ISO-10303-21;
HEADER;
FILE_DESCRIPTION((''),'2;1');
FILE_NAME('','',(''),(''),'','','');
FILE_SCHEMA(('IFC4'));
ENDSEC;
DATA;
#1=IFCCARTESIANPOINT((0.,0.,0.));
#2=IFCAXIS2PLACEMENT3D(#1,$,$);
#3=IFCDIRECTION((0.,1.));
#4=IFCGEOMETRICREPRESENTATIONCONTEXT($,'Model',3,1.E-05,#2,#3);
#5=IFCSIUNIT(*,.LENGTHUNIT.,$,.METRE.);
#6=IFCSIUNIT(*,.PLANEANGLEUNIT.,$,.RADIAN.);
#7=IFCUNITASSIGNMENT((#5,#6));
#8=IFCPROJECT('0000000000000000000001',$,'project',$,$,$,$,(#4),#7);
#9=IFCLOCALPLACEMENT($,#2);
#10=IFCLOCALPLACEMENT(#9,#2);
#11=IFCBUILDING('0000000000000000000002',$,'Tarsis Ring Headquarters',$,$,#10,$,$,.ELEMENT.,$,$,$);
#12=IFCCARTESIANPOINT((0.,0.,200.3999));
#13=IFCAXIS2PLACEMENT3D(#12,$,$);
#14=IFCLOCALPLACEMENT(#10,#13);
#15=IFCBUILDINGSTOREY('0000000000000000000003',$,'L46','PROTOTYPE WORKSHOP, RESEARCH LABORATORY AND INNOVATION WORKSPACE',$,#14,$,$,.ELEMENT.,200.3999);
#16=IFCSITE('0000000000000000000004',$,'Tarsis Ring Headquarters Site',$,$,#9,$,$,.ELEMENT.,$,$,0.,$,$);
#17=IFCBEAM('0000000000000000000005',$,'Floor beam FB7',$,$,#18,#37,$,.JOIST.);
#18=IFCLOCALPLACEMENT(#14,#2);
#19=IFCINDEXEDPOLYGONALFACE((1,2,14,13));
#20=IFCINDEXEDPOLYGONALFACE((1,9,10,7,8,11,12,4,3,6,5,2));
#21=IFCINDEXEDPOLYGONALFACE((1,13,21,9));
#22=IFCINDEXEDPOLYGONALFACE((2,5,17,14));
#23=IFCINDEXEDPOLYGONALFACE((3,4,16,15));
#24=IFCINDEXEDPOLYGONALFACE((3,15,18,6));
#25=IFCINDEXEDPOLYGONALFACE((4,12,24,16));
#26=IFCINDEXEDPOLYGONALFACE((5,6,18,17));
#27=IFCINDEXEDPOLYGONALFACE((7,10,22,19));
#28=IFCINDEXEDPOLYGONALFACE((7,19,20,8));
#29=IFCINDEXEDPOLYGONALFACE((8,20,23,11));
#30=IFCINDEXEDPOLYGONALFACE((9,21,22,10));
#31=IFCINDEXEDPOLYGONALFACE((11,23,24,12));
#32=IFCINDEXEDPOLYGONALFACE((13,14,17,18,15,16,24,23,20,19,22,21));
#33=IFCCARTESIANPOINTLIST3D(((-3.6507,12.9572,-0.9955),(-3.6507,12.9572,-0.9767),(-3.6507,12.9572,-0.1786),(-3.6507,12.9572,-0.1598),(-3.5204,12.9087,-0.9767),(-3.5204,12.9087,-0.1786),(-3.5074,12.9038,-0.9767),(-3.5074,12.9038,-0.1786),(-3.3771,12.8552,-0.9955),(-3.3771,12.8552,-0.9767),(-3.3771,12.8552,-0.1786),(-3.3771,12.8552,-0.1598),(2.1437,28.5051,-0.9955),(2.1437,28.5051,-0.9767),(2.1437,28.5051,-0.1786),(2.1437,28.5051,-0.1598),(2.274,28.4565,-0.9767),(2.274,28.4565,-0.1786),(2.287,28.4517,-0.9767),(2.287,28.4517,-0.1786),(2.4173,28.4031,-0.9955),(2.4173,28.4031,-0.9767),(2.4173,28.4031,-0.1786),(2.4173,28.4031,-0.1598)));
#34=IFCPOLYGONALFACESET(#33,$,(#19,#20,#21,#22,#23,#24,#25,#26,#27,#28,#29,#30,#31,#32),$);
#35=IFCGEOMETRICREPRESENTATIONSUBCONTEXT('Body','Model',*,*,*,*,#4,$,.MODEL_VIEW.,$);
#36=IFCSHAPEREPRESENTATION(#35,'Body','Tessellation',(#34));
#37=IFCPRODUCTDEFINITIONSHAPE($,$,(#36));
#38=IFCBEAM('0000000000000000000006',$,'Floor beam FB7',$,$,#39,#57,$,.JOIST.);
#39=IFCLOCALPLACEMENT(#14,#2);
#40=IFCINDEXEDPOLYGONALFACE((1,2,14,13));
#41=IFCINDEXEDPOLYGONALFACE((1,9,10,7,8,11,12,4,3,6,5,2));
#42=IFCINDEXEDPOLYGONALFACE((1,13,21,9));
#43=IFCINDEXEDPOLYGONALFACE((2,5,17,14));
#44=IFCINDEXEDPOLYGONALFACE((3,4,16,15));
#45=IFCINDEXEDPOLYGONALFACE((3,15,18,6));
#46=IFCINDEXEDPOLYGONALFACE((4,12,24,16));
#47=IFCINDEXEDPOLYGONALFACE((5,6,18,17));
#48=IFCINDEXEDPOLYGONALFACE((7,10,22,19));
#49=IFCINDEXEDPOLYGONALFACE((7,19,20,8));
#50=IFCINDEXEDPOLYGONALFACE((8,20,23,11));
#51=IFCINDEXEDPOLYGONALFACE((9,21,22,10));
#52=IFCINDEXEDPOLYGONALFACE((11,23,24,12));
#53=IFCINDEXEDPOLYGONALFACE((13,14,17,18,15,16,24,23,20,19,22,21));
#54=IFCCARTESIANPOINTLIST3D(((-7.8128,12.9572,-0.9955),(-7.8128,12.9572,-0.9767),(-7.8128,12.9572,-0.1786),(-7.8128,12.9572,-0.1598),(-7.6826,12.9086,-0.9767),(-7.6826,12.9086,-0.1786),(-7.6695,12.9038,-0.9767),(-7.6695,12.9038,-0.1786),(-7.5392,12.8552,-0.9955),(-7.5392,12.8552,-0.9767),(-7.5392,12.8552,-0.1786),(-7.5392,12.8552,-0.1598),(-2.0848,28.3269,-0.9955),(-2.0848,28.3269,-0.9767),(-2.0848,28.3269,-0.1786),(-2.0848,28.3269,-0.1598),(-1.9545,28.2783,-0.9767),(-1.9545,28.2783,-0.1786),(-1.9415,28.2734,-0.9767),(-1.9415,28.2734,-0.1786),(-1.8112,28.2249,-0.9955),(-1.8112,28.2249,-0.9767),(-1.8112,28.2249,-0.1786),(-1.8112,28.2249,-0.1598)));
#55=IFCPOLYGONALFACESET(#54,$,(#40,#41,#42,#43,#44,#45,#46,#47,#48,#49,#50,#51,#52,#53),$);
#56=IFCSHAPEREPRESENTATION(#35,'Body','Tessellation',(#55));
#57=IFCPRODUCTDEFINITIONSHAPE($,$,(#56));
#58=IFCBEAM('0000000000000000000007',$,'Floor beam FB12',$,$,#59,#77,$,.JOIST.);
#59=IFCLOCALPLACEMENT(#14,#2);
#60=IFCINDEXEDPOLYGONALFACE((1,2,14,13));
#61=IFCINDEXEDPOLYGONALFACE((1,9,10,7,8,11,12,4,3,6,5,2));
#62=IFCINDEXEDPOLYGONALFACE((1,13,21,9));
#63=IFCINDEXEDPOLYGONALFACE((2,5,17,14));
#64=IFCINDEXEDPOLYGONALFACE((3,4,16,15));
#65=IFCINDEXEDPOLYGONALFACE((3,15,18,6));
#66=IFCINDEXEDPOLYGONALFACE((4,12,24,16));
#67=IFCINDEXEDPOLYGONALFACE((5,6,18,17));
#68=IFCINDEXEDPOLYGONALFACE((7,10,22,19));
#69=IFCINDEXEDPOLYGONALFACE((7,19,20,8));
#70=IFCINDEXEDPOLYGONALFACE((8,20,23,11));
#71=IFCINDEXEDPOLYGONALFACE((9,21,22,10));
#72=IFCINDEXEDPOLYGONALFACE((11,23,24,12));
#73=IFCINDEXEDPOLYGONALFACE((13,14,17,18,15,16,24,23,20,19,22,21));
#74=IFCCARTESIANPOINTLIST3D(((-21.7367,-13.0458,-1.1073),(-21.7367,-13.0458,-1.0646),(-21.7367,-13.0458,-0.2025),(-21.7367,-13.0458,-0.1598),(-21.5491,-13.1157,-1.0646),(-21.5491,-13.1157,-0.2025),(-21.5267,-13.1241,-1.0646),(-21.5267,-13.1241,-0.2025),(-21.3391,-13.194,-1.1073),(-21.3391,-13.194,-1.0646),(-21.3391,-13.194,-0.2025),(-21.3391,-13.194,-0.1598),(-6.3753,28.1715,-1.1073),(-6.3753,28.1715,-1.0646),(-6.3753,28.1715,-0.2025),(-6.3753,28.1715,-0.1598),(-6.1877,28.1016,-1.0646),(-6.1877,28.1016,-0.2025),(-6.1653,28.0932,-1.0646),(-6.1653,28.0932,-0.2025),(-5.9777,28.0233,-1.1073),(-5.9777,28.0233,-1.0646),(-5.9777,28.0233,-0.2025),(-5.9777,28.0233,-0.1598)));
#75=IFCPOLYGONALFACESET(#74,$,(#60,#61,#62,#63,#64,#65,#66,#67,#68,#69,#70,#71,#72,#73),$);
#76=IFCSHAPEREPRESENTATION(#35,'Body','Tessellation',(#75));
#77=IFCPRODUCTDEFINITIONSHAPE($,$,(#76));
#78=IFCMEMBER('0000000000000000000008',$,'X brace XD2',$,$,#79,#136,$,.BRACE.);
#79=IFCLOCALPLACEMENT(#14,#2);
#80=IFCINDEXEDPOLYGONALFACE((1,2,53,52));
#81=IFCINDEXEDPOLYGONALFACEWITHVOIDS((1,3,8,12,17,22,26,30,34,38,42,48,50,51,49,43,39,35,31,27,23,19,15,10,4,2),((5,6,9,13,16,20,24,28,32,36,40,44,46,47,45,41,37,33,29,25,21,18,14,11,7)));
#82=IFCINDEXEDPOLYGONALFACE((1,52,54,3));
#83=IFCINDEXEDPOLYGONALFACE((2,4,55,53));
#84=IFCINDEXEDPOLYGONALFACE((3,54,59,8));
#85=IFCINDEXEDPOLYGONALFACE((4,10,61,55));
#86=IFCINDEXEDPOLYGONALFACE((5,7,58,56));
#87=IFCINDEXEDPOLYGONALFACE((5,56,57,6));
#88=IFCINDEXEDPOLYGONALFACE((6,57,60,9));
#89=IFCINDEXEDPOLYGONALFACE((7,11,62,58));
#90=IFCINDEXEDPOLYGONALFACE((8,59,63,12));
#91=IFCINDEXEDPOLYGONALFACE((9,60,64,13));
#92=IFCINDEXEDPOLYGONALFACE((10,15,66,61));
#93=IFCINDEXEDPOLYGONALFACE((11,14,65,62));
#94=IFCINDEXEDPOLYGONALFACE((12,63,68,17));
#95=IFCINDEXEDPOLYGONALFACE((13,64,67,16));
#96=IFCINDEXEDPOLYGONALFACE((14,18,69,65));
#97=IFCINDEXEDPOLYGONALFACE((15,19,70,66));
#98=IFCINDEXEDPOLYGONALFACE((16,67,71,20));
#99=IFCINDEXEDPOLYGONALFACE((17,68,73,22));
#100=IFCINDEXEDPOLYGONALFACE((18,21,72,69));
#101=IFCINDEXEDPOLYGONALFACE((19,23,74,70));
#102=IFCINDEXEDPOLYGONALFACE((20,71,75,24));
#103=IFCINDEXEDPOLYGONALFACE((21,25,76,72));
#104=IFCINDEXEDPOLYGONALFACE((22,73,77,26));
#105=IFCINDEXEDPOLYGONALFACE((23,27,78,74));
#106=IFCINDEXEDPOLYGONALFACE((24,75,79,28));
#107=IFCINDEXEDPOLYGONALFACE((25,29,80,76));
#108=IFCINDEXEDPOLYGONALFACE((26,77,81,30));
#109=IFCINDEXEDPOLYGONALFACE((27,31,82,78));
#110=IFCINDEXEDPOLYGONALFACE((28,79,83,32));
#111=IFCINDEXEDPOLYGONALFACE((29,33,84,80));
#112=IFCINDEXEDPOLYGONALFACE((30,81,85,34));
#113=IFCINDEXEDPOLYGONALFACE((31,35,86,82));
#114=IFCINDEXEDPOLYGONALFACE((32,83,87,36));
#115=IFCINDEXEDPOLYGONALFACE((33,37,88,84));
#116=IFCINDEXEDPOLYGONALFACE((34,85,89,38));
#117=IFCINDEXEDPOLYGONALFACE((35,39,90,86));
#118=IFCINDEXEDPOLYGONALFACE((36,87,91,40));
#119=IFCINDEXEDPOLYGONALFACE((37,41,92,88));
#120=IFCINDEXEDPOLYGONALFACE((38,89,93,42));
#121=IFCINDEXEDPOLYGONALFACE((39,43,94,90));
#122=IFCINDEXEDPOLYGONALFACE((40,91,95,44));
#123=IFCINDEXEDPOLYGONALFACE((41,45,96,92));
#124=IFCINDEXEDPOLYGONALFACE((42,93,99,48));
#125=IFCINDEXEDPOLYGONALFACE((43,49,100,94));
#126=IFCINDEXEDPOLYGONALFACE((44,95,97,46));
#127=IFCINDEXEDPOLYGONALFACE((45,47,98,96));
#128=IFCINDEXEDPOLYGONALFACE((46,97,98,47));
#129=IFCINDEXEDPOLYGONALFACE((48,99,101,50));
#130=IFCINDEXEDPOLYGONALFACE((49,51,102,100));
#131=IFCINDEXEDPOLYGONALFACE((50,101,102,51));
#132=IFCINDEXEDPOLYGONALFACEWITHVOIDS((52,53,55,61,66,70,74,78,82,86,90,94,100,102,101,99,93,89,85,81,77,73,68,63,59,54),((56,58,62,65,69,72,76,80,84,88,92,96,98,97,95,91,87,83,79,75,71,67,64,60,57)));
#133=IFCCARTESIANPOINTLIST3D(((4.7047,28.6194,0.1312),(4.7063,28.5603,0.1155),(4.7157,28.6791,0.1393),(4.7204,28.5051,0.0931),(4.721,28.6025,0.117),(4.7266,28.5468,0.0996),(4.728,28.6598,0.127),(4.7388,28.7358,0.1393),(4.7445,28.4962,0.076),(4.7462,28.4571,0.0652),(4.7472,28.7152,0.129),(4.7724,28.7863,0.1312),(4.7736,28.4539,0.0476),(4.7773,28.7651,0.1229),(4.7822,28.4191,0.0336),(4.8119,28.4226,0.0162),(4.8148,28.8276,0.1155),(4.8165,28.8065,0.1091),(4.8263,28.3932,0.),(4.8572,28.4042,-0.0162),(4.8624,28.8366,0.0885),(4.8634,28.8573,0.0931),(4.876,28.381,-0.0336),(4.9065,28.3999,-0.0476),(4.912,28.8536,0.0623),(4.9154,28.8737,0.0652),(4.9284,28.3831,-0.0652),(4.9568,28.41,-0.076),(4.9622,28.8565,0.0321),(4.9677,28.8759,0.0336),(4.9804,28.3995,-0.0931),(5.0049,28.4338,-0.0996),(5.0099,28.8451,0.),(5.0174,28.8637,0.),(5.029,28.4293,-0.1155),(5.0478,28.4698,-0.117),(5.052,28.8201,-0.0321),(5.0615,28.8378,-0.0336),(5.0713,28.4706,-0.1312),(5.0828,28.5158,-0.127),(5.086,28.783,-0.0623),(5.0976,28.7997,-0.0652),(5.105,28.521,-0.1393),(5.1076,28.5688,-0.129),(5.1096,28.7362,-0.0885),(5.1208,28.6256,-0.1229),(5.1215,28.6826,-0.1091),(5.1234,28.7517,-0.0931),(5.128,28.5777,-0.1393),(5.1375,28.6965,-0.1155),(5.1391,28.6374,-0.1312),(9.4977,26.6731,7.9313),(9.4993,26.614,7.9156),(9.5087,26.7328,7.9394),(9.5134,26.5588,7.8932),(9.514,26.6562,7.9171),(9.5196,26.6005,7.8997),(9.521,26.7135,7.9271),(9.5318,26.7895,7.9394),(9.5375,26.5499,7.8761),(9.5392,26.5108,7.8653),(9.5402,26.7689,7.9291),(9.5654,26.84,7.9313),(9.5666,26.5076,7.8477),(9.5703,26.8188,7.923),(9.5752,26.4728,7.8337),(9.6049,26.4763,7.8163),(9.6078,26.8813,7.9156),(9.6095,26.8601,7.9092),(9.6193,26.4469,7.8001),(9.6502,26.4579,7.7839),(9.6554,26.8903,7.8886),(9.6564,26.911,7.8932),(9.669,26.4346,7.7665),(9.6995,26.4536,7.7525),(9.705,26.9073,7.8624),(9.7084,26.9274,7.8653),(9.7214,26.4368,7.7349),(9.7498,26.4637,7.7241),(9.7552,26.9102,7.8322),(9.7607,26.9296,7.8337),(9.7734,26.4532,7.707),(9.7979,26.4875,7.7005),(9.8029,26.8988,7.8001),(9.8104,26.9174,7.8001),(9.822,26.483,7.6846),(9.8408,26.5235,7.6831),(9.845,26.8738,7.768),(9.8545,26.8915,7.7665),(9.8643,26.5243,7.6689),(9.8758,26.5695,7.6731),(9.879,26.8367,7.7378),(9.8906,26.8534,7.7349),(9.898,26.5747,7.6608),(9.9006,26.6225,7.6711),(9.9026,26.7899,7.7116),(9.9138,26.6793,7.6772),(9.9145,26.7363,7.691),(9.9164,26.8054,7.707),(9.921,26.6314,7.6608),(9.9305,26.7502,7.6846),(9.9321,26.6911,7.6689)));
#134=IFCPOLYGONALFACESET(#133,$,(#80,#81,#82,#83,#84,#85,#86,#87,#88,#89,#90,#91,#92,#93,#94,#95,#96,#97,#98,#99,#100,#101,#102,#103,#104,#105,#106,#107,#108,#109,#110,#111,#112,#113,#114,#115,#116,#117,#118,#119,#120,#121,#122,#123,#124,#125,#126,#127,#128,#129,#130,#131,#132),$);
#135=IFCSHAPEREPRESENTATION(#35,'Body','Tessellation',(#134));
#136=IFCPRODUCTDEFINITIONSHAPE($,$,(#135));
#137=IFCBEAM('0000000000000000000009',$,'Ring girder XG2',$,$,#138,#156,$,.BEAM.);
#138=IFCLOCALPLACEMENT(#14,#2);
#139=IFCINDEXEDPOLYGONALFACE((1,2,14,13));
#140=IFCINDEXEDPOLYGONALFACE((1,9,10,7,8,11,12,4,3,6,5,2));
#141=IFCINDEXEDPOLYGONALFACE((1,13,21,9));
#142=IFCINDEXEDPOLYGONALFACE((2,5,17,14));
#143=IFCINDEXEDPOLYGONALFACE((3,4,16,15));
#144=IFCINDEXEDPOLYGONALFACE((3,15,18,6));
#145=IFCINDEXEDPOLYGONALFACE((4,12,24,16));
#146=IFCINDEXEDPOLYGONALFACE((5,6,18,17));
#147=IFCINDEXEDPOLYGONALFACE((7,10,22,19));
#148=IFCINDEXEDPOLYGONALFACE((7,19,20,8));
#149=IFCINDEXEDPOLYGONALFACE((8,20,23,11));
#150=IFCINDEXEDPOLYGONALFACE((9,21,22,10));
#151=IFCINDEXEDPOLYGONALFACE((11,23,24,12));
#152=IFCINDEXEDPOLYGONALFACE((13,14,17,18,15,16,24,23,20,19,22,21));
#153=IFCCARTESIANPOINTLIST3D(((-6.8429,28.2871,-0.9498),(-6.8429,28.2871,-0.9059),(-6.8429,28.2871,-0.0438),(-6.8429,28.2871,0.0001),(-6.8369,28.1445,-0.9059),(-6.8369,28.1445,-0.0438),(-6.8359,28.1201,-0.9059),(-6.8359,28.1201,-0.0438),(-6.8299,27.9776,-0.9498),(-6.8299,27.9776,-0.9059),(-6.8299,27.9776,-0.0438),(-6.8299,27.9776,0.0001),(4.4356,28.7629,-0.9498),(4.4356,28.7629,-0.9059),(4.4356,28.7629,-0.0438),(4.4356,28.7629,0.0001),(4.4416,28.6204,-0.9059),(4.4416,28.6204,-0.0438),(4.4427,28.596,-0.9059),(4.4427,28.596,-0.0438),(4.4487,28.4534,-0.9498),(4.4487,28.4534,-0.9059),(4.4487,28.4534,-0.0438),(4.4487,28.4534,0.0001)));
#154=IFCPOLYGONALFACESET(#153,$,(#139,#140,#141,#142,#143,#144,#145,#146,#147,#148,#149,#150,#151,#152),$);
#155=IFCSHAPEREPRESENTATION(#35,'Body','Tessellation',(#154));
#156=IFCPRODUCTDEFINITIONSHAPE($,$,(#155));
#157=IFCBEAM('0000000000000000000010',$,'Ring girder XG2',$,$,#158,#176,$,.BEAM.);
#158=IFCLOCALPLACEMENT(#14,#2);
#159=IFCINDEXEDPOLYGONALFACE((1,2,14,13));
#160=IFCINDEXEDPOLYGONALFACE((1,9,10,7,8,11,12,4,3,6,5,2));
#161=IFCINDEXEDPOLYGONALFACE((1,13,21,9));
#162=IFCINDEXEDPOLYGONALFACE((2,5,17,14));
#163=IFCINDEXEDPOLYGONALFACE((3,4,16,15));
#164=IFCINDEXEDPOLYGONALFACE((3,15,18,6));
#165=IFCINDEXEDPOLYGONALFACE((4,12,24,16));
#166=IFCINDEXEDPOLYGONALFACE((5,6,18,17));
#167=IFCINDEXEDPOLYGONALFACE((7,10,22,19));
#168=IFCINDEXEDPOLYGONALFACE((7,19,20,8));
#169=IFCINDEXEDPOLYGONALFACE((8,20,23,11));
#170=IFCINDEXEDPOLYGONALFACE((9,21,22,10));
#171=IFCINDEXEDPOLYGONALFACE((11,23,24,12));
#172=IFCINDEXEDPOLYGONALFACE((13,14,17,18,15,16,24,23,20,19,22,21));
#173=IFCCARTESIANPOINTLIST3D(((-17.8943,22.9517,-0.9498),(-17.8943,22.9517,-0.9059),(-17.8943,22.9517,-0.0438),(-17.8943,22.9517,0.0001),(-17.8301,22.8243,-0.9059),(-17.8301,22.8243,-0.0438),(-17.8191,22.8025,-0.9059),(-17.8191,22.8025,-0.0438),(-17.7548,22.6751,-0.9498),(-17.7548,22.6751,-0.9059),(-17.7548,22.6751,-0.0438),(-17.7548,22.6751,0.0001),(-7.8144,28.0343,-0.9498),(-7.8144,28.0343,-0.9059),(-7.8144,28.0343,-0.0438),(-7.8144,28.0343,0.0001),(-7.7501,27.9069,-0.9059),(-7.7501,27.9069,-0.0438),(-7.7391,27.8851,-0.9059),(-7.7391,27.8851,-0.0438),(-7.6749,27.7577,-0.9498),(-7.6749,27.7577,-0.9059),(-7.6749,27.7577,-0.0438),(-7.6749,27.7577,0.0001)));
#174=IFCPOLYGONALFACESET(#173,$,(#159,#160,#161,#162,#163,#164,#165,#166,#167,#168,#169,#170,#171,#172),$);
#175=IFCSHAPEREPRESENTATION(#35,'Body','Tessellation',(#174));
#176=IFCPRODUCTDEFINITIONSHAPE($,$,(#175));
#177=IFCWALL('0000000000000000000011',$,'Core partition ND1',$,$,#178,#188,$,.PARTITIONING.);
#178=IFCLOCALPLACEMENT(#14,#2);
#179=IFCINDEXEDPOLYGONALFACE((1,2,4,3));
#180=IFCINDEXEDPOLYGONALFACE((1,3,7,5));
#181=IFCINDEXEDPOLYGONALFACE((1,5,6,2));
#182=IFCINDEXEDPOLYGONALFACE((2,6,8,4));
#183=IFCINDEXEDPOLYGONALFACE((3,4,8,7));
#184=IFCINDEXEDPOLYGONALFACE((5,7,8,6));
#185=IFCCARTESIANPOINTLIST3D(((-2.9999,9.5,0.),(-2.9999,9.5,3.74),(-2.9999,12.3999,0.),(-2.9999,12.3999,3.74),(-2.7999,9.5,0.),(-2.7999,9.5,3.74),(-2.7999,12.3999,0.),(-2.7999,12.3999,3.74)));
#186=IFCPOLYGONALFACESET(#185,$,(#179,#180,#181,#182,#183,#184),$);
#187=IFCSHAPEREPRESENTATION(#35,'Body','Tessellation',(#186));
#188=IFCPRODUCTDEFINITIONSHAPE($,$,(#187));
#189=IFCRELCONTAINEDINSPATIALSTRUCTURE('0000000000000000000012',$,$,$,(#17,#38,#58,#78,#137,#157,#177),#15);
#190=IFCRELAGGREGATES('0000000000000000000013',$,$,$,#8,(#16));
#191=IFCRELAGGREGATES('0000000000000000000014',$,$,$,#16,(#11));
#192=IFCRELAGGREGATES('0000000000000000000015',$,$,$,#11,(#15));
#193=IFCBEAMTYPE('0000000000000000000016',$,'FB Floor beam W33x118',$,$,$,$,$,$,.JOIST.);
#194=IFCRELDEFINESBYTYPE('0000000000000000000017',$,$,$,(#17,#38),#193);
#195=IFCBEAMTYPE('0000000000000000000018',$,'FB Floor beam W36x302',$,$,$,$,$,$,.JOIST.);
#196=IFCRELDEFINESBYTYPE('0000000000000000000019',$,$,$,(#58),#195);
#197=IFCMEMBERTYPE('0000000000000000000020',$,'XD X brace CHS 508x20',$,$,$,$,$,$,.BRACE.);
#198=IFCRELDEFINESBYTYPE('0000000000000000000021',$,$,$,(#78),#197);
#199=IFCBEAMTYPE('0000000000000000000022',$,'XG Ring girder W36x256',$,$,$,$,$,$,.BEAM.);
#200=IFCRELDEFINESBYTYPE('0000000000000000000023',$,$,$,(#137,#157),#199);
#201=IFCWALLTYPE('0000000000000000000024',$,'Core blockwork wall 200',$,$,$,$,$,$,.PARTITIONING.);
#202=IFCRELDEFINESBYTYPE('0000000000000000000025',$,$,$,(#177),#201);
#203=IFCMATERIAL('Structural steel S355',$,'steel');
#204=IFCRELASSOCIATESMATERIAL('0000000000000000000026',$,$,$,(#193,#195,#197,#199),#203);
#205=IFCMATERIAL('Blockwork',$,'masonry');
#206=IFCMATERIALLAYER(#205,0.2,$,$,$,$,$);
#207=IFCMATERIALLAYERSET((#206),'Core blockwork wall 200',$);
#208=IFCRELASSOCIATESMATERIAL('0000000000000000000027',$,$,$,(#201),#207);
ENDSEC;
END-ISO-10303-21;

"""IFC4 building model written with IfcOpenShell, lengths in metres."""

from ifc_helpers import new_model, si_unit, direction, frame, frame_2d, origin, origin_2d, place, context, subcontext, project, spatial, rectangle, hollow_circle, i_section, extrude, material, layer, layer_set, material_profile, profile_set, type_object, element, save


model = new_model("IFC4")

# Units and contexts
model_context = context("Model", 3, precision=1e-05, world=origin(), true_north=direction((0.0, 1.0)))
body_context = subcontext(model_context, "Body", "Model", "MODEL_VIEW")
ifc_project = project(units=[si_unit("LENGTHUNIT", "METRE"), si_unit("PLANEANGLEUNIT", "RADIAN")], contexts=[model_context])

# Site, building, storey
site_placement = place(None, origin())
site = spatial("IfcSite", under=ifc_project, at=site_placement, Name="Tarsis Ring Headquarters Site", CompositionType="ELEMENT", RefElevation=0.0)
building_placement = place(site_placement, origin())
building = spatial("IfcBuilding", under=site, at=building_placement, Name="Tarsis Ring Headquarters", CompositionType="ELEMENT")
storey_placement = place(building_placement, frame((0.0, 0.0, 200.3999)))
storey = spatial("IfcBuildingStorey", under=building, at=storey_placement, Name="L46", Description="PROTOTYPE WORKSHOP, RESEARCH LABORATORY AND INNOVATION WORKSPACE", CompositionType="ELEMENT", Elevation=200.3999)

# Shared definitions
ifc_material_1 = material(Name="Structural steel S355", Category="steel")

# Beams
ifc_material_profile_1 = material_profile(ifc_material_1, i_section(OverallWidth=0.292, OverallDepth=0.8357, WebThickness=0.0139, FlangeThickness=0.0188, at=origin_2d()), Name="W33x118")
ifc_profile_set_1 = profile_set([ifc_material_profile_1], Name="Structural steel S355")
beam_type_1 = type_object("IfcBeamType", Name="FB Floor beam W33x118", PredefinedType="JOIST", material=ifc_profile_set_1)
beam_1_placement = place(storey_placement, frame((2.2805, 28.4541, -0.5776), z_axis=(-0.34922, -0.937041, 0.0), x_axis=(0.937041, -0.34922, 0.0)))
element("IfcBeam", 1, at=beam_1_placement, inside=storey, type_object=beam_type_1, Name="Floor beam FB7", PredefinedType="JOIST", context=body_context, shape_type="SweptSolid", body=[
    extrude(i_section(OverallWidth=0.292, OverallDepth=0.8357, WebThickness=0.0139, FlangeThickness=0.0188, at=origin_2d()), origin(), (0.0, 0.0, 1.0), 16.5925),
])
beam_2_placement = place(storey_placement, frame((-1.948, 28.2759, -0.5776), z_axis=(-0.349221, -0.93704, 0.0), x_axis=(0.93704, -0.349221, 0.0)))
element("IfcBeam", 2, at=beam_2_placement, inside=storey, type_object=beam_type_1, Name="Floor beam FB7", PredefinedType="JOIST", context=body_context, shape_type="SweptSolid", body=[
    extrude(i_section(OverallWidth=0.292, OverallDepth=0.8357, WebThickness=0.0139, FlangeThickness=0.0188, at=origin_2d()), origin(), (0.0, 0.0, 1.0), 16.4023),
])
ifc_material_profile_2 = material_profile(ifc_material_1, i_section(OverallWidth=0.4243, OverallDepth=0.9475, WebThickness=0.0239, FlangeThickness=0.0427, at=origin_2d()), Name="W36x302")
ifc_profile_set_2 = profile_set([ifc_material_profile_2], Name="Structural steel S355")
beam_type_2 = type_object("IfcBeamType", Name="FB Floor beam W36x302", PredefinedType="JOIST", material=ifc_profile_set_2)
beam_3_placement = place(storey_placement, frame((-6.1765, 28.0974, -0.6335), z_axis=(-0.349226, -0.937038, 0.0), x_axis=(0.937038, -0.349226, 0.0)))
element("IfcBeam", 3, at=beam_3_placement, inside=storey, type_object=beam_type_2, Name="Floor beam FB12", PredefinedType="JOIST", context=body_context, shape_type="SweptSolid", body=[
    extrude(i_section(OverallWidth=0.4243, OverallDepth=0.9475, WebThickness=0.0239, FlangeThickness=0.0427, at=origin_2d()), origin(), (0.0, 0.0, 1.0), 43.9868),
])

# Member
ifc_material_profile_3 = material_profile(ifc_material_1, hollow_circle(Radius=0.2539, WallThickness=0.02, at=origin_2d()), Name="CHS 508x20")
ifc_profile_set_3 = profile_set([ifc_material_profile_3], Name="Structural steel S355")
member_type = type_object("IfcMemberType", Name="XD X brace CHS 508x20", PredefinedType="BRACE", material=ifc_profile_set_3)
member_placement = place(storey_placement, frame((4.9219, 28.6284, 0.0), z_axis=(0.512093, -0.207947, 0.833378), x_axis=(0.376235, 0.926524, 0.0)))
element("IfcMember", 4, at=member_placement, inside=storey, type_object=member_type, Name="X brace XD2", PredefinedType="BRACE", context=body_context, shape_type="SweptSolid", body=[
    extrude(hollow_circle(Radius=0.2539, WallThickness=0.02, at=origin_2d()), origin(), (0.0, 0.0, 1.0), 9.3596),
])

# Beams
ifc_material_profile_4 = material_profile(ifc_material_1, i_section(OverallWidth=0.3098, OverallDepth=0.95, WebThickness=0.0244, FlangeThickness=0.0439, at=origin_2d()), Name="W36x256")
ifc_profile_set_4 = profile_set([ifc_material_profile_4], Name="Structural steel S355")
beam_type_3 = type_object("IfcBeamType", Name="XG Ring girder W36x256", PredefinedType="BEAM", material=ifc_profile_set_4)
beam_4_placement = place(storey_placement, frame((4.4421, 28.6082, -0.4749), z_axis=(-0.999111, -0.042151, 0.0), x_axis=(0.042151, -0.999111, 0.0)))
element("IfcBeam", 5, at=beam_4_placement, inside=storey, type_object=beam_type_3, Name="Ring girder XG2", PredefinedType="BEAM", context=body_context, shape_type="SweptSolid", body=[
    extrude(i_section(OverallWidth=0.3098, OverallDepth=0.95, WebThickness=0.0244, FlangeThickness=0.0439, at=origin_2d()), origin(), (0.0, 0.0, 1.0), 11.2886),
])
beam_5_placement = place(storey_placement, frame((-7.7446, 27.896, -0.4749), z_axis=(-0.892913, -0.45023, 0.0), x_axis=(0.45023, -0.892913, 0.0)))
element("IfcBeam", 6, at=beam_5_placement, inside=storey, type_object=beam_type_3, Name="Ring girder XG2", PredefinedType="BEAM", context=body_context, shape_type="SweptSolid", body=[
    extrude(i_section(OverallWidth=0.3098, OverallDepth=0.95, WebThickness=0.0244, FlangeThickness=0.0439, at=origin_2d()), origin(), (0.0, 0.0, 1.0), 11.2888),
])

# Wall
ifc_material_2 = material(Name="Blockwork", Category="masonry")
ifc_layer_1 = layer(ifc_material_2, 0.2)
ifc_layer_set_1 = layer_set([ifc_layer_1], Name="Core blockwork wall 200")
wall_type_1 = type_object("IfcWallType", Name="Core blockwork wall 200", PredefinedType="PARTITIONING", material=ifc_layer_set_1)
wall_1_placement = place(storey_placement, frame((-2.8999, 9.5, 0.0), z_axis=(0.0, 0.0, 1.0), x_axis=(0.0, 1.0, 0.0)))
element("IfcWall", 7, at=wall_1_placement, inside=storey, type_object=wall_type_1, Name="Core partition ND1", PredefinedType="PARTITIONING", context=body_context, shape_type="SweptSolid", body=[
    extrude(rectangle(XDim=2.8999, YDim=0.2, at=frame_2d((1.45, 0.0))), origin(), (0.0, 0.0, 1.0), 3.74),
])

save(model, "model.ifc")
